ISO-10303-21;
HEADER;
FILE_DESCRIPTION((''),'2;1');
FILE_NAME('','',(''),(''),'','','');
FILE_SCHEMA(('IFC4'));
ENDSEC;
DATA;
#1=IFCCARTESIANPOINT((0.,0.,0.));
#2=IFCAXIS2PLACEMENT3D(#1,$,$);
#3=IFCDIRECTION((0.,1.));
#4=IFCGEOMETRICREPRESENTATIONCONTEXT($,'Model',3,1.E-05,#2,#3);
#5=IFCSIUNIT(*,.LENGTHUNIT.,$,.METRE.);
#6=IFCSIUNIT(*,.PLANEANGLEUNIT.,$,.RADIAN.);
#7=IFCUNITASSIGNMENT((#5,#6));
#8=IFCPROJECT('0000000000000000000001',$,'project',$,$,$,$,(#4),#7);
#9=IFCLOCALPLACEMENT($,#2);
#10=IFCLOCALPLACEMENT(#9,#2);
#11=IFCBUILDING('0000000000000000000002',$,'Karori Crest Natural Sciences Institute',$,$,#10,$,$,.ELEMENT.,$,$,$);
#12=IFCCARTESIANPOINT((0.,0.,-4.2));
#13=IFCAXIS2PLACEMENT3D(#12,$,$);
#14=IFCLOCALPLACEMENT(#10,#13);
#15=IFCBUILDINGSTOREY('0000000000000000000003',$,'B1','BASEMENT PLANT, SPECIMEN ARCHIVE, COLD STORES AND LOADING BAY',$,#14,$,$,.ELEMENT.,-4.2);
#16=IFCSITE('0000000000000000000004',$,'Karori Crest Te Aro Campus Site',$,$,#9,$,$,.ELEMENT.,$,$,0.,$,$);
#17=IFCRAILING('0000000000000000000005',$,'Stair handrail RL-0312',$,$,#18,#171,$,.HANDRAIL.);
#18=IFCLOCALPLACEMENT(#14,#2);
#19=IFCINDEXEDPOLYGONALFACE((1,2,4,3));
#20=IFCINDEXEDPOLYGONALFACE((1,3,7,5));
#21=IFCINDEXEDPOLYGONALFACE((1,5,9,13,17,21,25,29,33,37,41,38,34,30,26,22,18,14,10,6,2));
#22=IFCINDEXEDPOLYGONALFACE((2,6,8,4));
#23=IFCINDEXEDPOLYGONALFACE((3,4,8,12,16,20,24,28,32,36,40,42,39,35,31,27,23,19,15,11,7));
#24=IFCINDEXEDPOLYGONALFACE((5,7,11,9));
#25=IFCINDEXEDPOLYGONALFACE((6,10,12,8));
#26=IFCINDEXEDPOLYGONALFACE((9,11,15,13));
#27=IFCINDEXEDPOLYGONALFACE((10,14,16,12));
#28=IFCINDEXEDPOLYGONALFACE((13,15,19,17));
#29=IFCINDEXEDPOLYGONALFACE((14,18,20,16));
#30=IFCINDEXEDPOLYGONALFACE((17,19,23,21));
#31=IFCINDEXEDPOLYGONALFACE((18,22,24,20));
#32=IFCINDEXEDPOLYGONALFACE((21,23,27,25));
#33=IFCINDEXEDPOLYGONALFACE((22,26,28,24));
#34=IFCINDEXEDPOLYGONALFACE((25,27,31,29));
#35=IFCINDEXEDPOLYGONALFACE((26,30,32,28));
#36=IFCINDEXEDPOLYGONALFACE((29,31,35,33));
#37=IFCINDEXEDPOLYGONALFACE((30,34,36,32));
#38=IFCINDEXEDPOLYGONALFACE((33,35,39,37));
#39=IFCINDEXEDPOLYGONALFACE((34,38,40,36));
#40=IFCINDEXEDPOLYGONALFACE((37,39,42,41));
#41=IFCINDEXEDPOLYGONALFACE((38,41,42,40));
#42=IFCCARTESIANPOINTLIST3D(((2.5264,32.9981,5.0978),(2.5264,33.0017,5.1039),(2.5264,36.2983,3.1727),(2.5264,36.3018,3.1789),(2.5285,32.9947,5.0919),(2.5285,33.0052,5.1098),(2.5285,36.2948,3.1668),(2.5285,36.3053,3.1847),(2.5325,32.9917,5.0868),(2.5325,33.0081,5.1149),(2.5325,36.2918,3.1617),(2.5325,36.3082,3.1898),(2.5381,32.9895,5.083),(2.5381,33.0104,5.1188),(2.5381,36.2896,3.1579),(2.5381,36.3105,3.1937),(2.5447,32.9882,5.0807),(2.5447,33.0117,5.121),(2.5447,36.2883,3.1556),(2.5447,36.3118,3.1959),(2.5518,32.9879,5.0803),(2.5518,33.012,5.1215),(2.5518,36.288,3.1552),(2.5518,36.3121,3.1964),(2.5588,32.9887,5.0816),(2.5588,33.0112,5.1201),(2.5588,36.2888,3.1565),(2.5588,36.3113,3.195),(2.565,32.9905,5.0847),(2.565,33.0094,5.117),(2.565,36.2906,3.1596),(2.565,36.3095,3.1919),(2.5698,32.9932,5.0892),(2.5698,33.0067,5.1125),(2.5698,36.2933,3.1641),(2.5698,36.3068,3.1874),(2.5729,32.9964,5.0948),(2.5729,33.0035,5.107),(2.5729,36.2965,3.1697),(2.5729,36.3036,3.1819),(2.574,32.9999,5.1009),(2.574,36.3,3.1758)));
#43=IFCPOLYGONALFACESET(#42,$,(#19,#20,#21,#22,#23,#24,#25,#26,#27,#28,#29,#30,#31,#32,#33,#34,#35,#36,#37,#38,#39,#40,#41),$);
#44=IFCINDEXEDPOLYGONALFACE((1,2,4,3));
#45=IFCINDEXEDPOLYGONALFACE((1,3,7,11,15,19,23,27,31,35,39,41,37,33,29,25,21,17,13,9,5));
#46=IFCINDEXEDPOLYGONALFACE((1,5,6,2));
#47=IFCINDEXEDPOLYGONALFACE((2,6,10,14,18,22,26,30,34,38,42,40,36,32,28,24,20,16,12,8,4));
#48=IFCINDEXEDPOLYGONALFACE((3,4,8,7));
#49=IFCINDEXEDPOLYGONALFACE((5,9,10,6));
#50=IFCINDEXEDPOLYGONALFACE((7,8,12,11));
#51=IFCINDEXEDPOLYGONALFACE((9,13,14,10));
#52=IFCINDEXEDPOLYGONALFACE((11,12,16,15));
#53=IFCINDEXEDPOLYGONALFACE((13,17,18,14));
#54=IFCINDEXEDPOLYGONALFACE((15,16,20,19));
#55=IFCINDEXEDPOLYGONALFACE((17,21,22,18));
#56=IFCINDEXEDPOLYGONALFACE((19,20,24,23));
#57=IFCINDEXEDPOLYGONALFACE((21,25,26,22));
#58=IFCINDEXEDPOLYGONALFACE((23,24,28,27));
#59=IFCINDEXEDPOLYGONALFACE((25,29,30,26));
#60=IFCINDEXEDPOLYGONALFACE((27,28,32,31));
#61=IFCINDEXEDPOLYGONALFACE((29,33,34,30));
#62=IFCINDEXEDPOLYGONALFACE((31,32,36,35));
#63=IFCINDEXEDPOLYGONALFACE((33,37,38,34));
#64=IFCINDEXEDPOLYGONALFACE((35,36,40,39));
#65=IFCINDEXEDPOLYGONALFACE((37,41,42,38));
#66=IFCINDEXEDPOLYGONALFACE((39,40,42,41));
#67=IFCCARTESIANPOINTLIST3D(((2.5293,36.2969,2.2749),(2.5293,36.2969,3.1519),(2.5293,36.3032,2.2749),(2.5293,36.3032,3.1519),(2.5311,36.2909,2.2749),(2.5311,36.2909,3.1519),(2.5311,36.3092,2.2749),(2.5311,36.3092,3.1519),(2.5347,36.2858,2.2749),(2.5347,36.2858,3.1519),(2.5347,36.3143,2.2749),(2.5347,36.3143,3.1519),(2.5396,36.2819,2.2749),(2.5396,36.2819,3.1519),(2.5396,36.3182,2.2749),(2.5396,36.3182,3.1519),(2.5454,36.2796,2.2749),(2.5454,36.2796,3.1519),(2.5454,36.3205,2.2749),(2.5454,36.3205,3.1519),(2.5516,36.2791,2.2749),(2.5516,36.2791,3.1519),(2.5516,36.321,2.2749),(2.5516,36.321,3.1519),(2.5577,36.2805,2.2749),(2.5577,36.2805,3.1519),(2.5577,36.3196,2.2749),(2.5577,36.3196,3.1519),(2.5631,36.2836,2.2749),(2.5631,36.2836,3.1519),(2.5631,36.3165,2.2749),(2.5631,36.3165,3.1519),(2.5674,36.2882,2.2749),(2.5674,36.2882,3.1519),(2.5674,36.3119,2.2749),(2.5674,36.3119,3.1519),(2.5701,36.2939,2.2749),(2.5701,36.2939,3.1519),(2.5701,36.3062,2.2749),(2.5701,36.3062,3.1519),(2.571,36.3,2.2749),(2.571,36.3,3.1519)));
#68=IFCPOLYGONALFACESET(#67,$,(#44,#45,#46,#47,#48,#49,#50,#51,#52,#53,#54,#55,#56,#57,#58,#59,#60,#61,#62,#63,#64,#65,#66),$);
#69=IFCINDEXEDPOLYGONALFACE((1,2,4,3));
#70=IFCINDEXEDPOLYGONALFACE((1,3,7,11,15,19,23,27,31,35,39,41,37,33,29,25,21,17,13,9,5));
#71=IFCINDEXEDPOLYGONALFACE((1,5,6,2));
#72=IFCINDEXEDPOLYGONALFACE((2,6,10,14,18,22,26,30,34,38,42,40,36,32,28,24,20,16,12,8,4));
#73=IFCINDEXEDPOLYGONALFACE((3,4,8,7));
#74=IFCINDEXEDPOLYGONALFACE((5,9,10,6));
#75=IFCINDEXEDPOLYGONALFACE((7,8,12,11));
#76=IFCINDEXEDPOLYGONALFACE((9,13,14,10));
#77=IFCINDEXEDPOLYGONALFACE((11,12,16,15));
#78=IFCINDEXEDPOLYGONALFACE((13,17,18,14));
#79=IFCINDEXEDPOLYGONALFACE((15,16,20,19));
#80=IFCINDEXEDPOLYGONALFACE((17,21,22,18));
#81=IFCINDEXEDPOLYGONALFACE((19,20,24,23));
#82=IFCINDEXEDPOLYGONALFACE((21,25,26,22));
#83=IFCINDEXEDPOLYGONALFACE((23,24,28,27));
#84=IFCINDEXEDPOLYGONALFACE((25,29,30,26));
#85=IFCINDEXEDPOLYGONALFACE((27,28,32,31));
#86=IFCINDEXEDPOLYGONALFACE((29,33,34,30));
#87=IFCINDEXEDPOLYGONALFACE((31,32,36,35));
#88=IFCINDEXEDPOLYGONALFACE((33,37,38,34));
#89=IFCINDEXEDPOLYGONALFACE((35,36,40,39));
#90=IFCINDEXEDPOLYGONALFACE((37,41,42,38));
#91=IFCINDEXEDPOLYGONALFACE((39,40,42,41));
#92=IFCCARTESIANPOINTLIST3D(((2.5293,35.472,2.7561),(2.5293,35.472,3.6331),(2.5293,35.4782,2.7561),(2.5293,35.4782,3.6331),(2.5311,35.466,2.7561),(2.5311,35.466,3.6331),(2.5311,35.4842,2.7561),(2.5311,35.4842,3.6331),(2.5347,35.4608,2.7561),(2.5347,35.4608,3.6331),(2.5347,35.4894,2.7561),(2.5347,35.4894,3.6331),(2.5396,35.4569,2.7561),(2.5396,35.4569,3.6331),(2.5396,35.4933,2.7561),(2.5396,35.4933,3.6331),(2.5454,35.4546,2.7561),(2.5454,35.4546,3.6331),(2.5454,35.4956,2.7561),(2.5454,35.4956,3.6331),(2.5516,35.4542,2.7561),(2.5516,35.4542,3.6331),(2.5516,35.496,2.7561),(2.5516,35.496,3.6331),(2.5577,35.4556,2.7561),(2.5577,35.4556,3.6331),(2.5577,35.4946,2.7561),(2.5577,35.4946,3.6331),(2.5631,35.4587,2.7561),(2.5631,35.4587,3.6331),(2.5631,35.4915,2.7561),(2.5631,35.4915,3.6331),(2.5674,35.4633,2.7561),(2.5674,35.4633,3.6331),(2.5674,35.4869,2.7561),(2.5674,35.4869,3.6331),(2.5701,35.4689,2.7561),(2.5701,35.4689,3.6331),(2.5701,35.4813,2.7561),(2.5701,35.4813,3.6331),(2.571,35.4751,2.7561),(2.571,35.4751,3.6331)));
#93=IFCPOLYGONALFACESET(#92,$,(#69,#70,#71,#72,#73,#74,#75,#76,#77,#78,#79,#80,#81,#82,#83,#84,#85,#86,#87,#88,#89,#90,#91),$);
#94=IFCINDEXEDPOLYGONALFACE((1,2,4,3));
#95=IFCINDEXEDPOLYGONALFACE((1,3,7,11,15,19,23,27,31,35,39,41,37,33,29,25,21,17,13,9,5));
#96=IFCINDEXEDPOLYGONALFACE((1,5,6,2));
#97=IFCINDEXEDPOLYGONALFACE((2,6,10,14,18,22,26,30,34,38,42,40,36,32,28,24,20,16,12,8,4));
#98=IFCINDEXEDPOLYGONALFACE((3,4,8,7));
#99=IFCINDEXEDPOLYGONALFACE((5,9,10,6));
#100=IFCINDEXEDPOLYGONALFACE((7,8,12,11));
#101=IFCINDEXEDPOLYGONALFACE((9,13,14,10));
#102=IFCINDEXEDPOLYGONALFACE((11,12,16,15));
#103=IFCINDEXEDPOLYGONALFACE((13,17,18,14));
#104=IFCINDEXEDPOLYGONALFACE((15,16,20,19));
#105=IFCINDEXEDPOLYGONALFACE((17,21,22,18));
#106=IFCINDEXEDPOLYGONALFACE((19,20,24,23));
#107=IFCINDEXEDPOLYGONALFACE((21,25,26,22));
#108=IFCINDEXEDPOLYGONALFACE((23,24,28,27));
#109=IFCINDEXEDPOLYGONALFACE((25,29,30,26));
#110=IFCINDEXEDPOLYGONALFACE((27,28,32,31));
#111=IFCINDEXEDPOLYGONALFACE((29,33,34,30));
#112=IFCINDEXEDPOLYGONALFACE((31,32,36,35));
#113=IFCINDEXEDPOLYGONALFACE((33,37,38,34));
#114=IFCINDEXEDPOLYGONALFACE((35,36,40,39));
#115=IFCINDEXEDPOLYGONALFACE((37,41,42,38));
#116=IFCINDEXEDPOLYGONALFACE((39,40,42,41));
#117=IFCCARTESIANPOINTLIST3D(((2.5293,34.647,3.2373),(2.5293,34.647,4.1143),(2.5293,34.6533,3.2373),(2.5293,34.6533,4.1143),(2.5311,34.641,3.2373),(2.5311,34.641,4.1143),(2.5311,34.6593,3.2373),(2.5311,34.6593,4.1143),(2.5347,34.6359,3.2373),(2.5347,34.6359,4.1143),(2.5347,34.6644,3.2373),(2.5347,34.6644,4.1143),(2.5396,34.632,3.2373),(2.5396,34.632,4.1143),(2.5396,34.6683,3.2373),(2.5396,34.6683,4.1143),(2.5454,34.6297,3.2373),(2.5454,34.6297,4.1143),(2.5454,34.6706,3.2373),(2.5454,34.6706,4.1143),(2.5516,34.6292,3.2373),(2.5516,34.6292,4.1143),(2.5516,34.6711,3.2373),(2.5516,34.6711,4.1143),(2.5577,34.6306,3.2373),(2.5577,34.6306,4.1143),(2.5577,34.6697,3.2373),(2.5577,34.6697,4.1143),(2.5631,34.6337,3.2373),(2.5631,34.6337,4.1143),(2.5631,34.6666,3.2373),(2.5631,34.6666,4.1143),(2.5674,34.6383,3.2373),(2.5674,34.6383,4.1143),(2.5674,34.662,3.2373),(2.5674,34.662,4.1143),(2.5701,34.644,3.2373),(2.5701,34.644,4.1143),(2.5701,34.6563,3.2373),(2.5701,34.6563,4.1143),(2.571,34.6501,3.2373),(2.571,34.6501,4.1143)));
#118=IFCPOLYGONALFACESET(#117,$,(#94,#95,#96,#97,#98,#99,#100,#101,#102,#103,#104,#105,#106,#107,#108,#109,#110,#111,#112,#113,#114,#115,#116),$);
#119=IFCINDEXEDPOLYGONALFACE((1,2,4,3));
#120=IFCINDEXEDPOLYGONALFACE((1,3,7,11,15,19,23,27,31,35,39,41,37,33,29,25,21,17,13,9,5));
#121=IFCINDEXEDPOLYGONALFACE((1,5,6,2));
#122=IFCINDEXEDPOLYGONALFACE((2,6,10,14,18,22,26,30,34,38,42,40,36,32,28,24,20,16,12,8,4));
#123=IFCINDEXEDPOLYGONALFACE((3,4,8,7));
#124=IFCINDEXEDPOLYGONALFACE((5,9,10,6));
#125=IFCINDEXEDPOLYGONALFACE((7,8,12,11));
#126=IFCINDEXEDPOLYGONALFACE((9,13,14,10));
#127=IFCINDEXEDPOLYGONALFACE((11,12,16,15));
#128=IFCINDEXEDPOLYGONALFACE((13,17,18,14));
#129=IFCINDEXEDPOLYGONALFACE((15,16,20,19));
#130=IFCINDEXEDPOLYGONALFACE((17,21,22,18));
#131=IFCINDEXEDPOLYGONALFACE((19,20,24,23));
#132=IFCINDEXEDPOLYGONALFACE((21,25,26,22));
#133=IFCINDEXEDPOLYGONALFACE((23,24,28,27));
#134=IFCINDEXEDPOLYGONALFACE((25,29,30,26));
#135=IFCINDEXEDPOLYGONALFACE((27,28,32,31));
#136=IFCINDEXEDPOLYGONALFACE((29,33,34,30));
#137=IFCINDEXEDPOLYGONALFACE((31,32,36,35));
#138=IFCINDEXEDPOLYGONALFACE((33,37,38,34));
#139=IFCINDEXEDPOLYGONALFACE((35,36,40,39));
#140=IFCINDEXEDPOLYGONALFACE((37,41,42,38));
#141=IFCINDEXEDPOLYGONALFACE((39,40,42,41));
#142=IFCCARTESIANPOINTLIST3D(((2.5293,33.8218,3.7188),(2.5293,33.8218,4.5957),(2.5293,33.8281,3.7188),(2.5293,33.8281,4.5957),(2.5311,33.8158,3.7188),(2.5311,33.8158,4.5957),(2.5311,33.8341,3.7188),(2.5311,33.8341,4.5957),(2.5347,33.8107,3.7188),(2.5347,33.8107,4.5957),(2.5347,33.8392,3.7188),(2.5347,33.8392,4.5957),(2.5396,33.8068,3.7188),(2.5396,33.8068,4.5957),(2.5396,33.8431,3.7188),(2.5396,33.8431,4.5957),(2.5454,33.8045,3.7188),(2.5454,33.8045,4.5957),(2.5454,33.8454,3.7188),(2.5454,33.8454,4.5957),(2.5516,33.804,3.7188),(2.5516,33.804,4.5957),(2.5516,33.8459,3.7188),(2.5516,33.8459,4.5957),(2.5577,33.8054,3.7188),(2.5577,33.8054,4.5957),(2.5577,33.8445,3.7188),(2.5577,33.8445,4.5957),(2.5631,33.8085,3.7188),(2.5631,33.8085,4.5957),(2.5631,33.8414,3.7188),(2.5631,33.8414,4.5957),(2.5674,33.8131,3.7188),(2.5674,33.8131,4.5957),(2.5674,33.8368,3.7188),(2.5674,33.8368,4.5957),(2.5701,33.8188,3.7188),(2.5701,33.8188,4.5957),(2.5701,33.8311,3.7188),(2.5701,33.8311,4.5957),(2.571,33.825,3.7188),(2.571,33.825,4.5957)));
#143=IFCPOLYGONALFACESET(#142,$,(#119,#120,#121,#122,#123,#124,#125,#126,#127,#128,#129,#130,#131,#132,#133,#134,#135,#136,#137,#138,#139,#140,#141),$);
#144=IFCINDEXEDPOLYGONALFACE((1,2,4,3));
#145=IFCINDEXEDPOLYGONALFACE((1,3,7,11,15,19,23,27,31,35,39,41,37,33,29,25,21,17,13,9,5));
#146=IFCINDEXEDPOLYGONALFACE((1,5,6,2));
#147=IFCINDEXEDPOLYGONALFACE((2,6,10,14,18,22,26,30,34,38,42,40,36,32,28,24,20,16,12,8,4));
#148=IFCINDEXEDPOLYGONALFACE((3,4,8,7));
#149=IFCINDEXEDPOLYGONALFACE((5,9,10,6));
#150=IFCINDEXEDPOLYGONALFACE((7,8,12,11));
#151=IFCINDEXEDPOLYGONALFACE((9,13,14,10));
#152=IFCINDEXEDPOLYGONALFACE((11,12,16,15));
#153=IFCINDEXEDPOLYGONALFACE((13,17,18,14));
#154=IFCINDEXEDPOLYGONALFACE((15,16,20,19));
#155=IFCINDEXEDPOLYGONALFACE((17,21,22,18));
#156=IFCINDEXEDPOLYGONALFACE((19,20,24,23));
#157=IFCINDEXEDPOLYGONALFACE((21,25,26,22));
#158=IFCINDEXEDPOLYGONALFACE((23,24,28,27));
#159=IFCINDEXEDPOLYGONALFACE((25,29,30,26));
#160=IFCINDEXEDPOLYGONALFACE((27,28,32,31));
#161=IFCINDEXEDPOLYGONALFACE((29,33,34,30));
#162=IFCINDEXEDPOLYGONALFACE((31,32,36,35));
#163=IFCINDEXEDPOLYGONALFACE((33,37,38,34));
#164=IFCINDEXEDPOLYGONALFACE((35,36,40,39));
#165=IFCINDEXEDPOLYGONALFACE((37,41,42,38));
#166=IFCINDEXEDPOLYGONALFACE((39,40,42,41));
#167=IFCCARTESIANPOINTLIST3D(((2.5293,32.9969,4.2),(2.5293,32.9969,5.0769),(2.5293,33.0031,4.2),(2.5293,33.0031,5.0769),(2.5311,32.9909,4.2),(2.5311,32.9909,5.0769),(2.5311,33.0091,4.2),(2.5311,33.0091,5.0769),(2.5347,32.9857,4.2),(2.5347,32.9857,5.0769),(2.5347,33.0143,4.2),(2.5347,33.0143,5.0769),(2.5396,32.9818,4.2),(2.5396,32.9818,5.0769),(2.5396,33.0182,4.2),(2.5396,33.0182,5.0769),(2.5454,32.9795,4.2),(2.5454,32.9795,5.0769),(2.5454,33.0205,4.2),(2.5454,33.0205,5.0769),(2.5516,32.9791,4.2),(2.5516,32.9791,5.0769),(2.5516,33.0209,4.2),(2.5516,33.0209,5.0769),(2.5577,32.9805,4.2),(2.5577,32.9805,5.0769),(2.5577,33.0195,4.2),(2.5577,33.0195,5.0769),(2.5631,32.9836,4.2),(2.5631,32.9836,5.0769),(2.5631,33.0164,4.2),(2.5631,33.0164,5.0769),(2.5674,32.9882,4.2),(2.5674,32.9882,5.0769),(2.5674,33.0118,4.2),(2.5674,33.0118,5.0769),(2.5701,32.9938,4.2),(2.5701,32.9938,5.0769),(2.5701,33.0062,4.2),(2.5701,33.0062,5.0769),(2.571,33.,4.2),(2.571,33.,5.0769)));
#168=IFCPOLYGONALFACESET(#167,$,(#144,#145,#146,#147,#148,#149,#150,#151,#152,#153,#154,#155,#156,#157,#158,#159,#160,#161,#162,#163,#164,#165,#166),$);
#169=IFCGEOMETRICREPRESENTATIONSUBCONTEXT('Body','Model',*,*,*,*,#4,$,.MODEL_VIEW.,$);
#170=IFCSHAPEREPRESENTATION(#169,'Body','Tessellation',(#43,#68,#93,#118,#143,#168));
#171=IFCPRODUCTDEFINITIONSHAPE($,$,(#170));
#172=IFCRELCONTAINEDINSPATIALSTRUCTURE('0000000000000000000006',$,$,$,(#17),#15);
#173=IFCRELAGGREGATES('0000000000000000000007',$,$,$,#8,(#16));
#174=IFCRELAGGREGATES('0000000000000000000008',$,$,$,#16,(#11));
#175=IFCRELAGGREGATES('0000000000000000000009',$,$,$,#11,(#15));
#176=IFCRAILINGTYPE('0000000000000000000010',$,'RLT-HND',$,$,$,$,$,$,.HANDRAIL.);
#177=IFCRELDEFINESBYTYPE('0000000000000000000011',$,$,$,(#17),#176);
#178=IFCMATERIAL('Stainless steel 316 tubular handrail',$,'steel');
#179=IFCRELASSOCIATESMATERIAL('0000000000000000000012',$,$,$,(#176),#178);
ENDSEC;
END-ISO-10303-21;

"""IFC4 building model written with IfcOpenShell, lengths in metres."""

from ifc_helpers import new_model, si_unit, direction, frame, origin, origin_2d, place, context, subcontext, project, spatial, circle, extrude, material, type_object, element, save


model = new_model("IFC4")

# Units and contexts
model_context = context("Model", 3, precision=1e-05, world=origin(), true_north=direction((0.0, 1.0)))
body_context = subcontext(model_context, "Body", "Model", "MODEL_VIEW")
ifc_project = project(units=[si_unit("LENGTHUNIT", "METRE"), si_unit("PLANEANGLEUNIT", "RADIAN")], contexts=[model_context])

# Site, building, storey
site_placement = place(None, origin())
site = spatial("IfcSite", under=ifc_project, at=site_placement, Name="Karori Crest Te Aro Campus Site", CompositionType="ELEMENT", RefElevation=0.0)
building_placement = place(site_placement, origin())
building = spatial("IfcBuilding", under=site, at=building_placement, Name="Karori Crest Natural Sciences Institute", CompositionType="ELEMENT")
storey_placement = place(building_placement, frame((0.0, 0.0, -4.2)))
storey = spatial("IfcBuildingStorey", under=building, at=storey_placement, Name="B1", Description="BASEMENT PLANT, SPECIMEN ARCHIVE, COLD STORES AND LOADING BAY", CompositionType="ELEMENT", Elevation=-4.2)

# Railing
ifc_material_1 = material(Name="Stainless steel 316 tubular handrail", Category="steel")
railing_type_1 = type_object("IfcRailingType", Name="RLT-HND", PredefinedType="HANDRAIL", material=ifc_material_1)
railing_1_placement = place(storey_placement, frame((2.55, 36.3, 2.2749)))
element("IfcRailing", 1, at=railing_1_placement, inside=storey, type_object=railing_type_1, Name="Stair handrail RL-0312", PredefinedType="HANDRAIL", context=body_context, shape_type="SweptSolid", body=[
    extrude(circle(Radius=0.0239, at=origin_2d()), frame((0.0, 0.0, 0.9009), z_axis=(0.0, -0.863777, 0.503875), x_axis=(1.0, 0.0, 0.0)), (0.0, 0.0, 1.0), 3.8206),
    extrude(circle(Radius=0.021, at=origin_2d()), origin(), (0.0, 0.0, 1.0), 0.877),
    extrude(circle(Radius=0.021, at=origin_2d()), frame((0.0, -0.825, 0.4812)), (0.0, 0.0, 1.0), 0.877),
    extrude(circle(Radius=0.021, at=origin_2d()), frame((0.0, -1.6499, 0.9624)), (0.0, 0.0, 1.0), 0.877),
    extrude(circle(Radius=0.021, at=origin_2d()), frame((0.0, -2.4751, 1.4438)), (0.0, 0.0, 1.0), 0.877),
    extrude(circle(Radius=0.021, at=origin_2d()), frame((0.0, -3.3, 1.925)), (0.0, 0.0, 1.0), 0.877),
])

save(model, "model.ifc")
